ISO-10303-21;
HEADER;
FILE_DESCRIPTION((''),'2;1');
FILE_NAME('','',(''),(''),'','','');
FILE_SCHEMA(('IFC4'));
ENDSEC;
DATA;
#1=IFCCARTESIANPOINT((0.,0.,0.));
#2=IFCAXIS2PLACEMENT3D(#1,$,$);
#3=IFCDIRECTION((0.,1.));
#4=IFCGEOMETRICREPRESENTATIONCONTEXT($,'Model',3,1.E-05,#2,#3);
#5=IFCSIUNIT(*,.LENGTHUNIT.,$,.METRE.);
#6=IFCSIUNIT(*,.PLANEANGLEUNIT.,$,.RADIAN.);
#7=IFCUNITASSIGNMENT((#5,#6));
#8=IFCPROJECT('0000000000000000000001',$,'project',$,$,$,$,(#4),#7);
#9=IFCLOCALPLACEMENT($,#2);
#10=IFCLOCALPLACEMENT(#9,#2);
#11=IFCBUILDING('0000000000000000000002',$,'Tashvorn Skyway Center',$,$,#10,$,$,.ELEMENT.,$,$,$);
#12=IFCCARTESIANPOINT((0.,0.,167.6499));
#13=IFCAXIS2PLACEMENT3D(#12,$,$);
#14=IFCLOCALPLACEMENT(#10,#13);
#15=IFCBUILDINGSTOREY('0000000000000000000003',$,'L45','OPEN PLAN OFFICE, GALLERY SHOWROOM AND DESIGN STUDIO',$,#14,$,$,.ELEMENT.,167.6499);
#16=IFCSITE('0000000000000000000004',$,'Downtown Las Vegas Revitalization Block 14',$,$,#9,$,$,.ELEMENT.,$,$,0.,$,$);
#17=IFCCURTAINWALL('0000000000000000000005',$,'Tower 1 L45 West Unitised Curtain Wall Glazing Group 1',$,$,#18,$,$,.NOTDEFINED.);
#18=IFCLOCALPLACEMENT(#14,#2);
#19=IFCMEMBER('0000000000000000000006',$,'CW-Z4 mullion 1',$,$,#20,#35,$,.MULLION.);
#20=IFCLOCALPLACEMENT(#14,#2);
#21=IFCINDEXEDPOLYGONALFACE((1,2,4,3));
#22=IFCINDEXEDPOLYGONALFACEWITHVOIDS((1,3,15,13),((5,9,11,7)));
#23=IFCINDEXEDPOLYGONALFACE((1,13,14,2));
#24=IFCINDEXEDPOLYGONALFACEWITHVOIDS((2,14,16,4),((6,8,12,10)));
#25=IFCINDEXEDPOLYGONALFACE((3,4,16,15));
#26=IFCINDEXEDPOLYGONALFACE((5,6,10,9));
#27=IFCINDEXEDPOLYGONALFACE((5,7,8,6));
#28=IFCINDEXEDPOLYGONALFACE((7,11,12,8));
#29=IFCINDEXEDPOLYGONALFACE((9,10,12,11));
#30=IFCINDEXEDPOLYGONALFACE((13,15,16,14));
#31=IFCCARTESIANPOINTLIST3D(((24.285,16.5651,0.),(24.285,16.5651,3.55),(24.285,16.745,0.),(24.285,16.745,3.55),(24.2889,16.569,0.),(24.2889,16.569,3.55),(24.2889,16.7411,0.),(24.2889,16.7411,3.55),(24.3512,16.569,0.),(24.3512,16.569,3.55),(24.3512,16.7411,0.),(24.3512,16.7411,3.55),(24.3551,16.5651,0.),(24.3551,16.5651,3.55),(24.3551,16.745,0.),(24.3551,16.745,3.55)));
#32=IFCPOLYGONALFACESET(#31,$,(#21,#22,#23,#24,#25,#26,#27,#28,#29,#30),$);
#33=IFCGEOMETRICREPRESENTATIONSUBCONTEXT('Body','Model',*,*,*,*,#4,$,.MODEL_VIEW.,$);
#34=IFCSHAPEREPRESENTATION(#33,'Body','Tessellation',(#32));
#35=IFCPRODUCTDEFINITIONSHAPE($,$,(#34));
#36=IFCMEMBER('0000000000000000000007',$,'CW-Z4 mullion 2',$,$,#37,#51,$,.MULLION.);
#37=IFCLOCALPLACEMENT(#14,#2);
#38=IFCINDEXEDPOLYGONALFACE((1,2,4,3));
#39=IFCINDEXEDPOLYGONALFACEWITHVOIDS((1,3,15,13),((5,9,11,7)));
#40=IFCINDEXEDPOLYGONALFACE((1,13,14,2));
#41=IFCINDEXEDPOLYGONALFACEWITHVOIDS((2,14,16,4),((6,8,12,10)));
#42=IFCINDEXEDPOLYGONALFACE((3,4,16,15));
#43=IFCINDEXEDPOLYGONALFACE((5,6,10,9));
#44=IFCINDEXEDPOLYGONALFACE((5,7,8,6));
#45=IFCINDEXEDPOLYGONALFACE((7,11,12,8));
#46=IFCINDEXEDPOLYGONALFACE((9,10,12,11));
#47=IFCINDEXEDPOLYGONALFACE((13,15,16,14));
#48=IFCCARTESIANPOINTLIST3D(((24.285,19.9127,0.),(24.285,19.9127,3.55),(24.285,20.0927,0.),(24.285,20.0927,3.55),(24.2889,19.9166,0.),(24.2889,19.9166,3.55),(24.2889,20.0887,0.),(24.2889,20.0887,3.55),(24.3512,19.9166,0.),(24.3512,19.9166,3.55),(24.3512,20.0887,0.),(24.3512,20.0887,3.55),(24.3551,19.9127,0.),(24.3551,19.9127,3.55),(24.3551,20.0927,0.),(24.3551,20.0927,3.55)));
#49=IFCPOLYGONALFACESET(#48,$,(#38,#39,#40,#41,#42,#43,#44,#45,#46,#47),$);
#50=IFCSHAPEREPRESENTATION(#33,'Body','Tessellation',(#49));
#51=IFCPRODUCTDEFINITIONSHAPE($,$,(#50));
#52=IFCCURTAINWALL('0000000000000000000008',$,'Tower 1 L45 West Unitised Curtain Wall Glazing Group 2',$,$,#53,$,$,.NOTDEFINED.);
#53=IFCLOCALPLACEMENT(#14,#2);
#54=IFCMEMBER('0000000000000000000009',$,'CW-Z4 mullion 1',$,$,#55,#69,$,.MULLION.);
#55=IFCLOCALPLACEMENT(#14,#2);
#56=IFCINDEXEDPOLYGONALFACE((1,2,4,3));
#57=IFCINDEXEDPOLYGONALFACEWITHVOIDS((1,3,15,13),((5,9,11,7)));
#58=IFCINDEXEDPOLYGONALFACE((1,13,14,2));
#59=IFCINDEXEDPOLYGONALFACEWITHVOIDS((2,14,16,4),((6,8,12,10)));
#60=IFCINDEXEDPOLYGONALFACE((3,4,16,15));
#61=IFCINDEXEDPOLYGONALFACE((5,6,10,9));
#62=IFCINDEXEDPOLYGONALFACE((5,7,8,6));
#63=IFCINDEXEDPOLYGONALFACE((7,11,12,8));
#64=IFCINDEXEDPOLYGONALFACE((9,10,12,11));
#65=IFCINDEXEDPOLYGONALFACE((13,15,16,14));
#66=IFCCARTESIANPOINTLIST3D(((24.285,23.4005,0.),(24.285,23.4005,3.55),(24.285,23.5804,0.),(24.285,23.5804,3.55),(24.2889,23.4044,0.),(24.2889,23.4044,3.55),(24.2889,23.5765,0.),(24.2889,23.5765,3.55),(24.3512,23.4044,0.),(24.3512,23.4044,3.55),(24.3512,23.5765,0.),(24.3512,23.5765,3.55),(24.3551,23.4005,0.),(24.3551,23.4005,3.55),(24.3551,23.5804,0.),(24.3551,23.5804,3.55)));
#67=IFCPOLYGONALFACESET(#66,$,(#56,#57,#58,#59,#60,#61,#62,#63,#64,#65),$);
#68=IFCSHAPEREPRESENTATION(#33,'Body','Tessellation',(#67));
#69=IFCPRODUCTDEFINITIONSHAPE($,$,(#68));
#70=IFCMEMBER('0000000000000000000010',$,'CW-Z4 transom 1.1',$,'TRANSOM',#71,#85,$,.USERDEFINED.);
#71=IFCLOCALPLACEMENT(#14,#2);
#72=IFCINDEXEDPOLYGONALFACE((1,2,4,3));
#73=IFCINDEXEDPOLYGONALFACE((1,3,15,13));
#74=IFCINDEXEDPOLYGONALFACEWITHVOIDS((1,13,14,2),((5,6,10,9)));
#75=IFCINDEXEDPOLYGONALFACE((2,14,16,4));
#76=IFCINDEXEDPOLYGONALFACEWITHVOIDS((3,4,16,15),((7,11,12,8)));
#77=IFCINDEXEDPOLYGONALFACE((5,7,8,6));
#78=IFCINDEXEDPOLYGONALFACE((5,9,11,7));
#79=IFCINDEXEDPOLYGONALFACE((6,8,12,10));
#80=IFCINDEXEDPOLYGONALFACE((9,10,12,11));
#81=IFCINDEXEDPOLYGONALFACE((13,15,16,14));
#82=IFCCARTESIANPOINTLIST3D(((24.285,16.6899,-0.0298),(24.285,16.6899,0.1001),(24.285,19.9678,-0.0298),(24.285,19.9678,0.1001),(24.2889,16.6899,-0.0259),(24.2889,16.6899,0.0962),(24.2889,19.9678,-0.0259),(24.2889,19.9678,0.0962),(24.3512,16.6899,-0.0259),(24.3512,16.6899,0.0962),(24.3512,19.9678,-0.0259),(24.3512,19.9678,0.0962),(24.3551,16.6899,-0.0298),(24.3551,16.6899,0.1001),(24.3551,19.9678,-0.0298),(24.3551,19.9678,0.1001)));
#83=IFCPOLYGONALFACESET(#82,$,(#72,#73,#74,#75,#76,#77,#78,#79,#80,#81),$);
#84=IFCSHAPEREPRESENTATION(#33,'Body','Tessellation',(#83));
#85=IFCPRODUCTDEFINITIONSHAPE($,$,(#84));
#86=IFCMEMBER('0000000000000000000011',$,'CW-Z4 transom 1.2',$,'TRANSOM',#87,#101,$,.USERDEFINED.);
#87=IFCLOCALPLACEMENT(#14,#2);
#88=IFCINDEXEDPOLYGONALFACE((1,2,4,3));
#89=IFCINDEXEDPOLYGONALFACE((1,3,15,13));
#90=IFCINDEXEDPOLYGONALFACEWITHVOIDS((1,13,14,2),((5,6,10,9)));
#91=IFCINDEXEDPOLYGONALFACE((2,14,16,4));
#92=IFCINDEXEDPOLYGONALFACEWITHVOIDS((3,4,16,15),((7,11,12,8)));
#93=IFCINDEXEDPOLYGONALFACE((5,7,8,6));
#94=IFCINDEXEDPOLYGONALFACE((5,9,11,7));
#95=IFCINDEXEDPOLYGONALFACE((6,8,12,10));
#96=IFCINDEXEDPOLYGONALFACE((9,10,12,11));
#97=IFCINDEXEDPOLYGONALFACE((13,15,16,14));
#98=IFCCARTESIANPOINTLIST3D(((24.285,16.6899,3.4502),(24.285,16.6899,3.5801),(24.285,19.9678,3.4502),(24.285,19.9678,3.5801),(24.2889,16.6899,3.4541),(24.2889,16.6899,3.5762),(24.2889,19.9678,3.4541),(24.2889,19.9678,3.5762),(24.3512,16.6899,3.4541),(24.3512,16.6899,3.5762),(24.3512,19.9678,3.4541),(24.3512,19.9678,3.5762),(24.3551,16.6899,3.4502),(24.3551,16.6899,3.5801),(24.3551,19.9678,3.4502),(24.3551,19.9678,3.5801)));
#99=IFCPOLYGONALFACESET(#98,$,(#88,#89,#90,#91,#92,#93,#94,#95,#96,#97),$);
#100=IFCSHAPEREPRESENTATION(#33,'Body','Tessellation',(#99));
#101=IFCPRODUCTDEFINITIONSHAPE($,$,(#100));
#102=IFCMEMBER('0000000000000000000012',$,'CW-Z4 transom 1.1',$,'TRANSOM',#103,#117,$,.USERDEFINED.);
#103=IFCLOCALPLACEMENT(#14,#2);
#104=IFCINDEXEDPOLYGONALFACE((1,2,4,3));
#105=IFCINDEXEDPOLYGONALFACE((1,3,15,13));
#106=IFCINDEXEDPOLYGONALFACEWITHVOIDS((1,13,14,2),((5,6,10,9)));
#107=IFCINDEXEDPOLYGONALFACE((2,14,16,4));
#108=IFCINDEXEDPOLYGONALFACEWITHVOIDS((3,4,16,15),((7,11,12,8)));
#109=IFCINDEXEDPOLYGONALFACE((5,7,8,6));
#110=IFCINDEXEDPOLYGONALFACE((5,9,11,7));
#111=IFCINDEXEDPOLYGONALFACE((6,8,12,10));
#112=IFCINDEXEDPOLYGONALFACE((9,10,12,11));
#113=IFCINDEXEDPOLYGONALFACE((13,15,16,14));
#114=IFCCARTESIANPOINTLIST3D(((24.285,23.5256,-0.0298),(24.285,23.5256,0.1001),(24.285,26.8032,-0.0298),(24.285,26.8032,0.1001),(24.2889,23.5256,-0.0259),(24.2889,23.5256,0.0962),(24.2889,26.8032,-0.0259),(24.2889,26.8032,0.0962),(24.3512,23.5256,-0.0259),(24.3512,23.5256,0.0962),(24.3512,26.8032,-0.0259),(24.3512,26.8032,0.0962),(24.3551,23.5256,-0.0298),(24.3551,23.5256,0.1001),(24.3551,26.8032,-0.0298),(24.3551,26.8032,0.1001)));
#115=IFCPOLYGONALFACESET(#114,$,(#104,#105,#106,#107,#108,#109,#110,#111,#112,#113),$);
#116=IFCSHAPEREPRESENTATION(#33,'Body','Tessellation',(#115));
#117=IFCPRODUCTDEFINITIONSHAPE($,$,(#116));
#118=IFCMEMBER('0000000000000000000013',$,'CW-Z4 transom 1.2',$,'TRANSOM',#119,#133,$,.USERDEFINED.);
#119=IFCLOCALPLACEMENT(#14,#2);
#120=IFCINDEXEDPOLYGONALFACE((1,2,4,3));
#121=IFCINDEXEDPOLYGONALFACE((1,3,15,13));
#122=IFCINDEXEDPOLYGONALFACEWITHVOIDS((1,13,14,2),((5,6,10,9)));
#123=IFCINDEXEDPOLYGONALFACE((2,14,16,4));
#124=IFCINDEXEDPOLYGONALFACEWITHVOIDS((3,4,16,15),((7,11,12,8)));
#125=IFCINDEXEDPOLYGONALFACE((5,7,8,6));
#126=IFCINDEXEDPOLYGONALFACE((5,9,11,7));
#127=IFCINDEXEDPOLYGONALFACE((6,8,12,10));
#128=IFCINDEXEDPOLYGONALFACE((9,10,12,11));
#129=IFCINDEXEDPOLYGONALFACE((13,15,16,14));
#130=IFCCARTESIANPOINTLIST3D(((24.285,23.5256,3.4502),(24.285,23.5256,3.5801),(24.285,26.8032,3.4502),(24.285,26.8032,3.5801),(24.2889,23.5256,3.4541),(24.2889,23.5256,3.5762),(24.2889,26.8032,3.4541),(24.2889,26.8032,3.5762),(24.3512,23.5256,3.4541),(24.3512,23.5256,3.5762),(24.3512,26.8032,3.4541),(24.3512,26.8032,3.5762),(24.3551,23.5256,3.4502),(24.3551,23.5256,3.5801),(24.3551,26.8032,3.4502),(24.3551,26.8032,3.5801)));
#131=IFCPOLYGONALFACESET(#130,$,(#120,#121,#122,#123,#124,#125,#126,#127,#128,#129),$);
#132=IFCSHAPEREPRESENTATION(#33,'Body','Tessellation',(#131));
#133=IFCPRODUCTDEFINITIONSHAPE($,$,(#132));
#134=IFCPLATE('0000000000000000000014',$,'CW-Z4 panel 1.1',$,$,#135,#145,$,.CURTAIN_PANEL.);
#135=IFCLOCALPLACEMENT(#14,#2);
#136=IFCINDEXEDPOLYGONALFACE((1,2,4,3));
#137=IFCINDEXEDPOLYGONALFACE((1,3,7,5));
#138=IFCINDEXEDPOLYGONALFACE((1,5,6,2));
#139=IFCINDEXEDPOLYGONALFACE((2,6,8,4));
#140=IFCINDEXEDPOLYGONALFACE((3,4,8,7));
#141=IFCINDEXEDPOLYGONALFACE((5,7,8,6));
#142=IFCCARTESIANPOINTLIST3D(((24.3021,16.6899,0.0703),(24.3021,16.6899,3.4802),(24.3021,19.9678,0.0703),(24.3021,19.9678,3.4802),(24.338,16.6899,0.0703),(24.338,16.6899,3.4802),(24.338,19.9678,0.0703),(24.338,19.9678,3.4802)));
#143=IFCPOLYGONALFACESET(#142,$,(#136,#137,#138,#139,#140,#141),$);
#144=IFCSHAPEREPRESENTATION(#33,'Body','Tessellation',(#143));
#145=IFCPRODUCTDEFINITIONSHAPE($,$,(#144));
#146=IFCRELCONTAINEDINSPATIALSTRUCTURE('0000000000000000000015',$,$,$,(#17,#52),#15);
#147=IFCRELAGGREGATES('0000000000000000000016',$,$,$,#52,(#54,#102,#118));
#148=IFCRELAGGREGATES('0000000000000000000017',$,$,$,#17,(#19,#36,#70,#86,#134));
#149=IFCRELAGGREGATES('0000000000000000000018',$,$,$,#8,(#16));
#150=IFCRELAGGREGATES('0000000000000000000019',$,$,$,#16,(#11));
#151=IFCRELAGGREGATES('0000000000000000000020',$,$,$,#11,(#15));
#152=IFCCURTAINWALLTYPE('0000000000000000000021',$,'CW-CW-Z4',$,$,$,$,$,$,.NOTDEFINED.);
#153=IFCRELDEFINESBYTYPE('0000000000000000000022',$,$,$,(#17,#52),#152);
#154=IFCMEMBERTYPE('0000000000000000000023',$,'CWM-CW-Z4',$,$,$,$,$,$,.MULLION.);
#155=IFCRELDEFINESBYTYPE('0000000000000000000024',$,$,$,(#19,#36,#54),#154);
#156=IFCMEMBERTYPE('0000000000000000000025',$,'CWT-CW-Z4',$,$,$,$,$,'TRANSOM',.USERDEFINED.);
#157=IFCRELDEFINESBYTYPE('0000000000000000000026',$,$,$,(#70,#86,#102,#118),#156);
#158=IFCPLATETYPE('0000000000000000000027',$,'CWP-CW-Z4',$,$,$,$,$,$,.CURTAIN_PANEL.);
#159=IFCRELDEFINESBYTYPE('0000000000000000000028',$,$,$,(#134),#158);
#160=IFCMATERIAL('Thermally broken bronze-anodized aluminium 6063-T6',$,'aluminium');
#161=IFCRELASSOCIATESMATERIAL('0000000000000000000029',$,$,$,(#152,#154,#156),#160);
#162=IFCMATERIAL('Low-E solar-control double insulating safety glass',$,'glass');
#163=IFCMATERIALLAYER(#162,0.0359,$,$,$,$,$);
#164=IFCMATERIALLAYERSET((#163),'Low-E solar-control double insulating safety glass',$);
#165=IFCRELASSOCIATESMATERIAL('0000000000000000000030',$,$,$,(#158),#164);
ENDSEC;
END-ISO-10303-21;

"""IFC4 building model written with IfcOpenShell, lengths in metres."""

from ifc_helpers import new_model, si_unit, direction, frame, origin, origin_2d, place, context, subcontext, project, spatial, rectangle, hollow_rectangle, extrude, material, layer, layer_set, material_profile, profile_set, type_object, element, aggregate, save


model = new_model("IFC4")

# Units and contexts
model_context = context("Model", 3, precision=1e-05, world=origin(), true_north=direction((0.0, 1.0)))
body_context = subcontext(model_context, "Body", "Model", "MODEL_VIEW")
ifc_project = project(units=[si_unit("LENGTHUNIT", "METRE"), si_unit("PLANEANGLEUNIT", "RADIAN")], contexts=[model_context])

# Site, building, storey
site_placement = place(None, origin())
site = spatial("IfcSite", under=ifc_project, at=site_placement, Name="Downtown Las Vegas Revitalization Block 14", CompositionType="ELEMENT", RefElevation=0.0)
building_placement = place(site_placement, origin())
building = spatial("IfcBuilding", under=site, at=building_placement, Name="Tashvorn Skyway Center", CompositionType="ELEMENT")
storey_placement = place(building_placement, frame((0.0, 0.0, 167.6499)))
storey = spatial("IfcBuildingStorey", under=building, at=storey_placement, Name="L45", Description="OPEN PLAN OFFICE, GALLERY SHOWROOM AND DESIGN STUDIO", CompositionType="ELEMENT", Elevation=167.6499)

# Curtain wall, members
ifc_material_1 = material(Name="Thermally broken bronze-anodized aluminium 6063-T6", Category="aluminium")
curtain_wall_type = type_object("IfcCurtainWallType", Name="CW-CW-Z4", PredefinedType="NOTDEFINED", material=ifc_material_1)
curtain_wall_1_placement = place(storey_placement, origin())
curtain_wall_1 = element("IfcCurtainWall", 1, at=curtain_wall_1_placement, inside=storey, type_object=curtain_wall_type, Name="Tower 1 L45 West Unitised Curtain Wall Glazing Group 1", PredefinedType="NOTDEFINED")
ifc_material_profile_1 = material_profile(ifc_material_1, hollow_rectangle(XDim=0.0701, YDim=0.1799, WallThickness=0.0039, at=origin_2d()), Name="ALU-MULL-70x180")
ifc_profile_set_1 = profile_set([ifc_material_profile_1], Name="Thermally broken bronze-anodized aluminium 6063-T6")
member_type_1 = type_object("IfcMemberType", Name="CWM-CW-Z4", PredefinedType="MULLION", material=ifc_profile_set_1)
member_1_placement = place(storey_placement, frame((24.3201, 16.655, 0.0), z_axis=(0.0, 0.0, 1.0), x_axis=(-1.0, 0.0, 0.0)))
member_1 = element("IfcMember", 2, at=member_1_placement, type_object=member_type_1, Name="CW-Z4 mullion 1", PredefinedType="MULLION", context=body_context, shape_type="SweptSolid", body=[
    extrude(hollow_rectangle(XDim=0.0701, YDim=0.1799, WallThickness=0.0039, at=origin_2d()), origin(), (0.0, 0.0, 1.0), 3.55),
])
member_2_placement = place(storey_placement, frame((24.3201, 20.0027, 0.0), z_axis=(0.0, 0.0, 1.0), x_axis=(-1.0, 0.0, 0.0)))
member_2 = element("IfcMember", 3, at=member_2_placement, type_object=member_type_1, Name="CW-Z4 mullion 2", PredefinedType="MULLION", context=body_context, shape_type="SweptSolid", body=[
    extrude(hollow_rectangle(XDim=0.0701, YDim=0.1799, WallThickness=0.0039, at=origin_2d()), origin(), (0.0, 0.0, 1.0), 3.55),
])

# Curtain wall, member
curtain_wall_2_placement = place(storey_placement, origin())
curtain_wall_2 = element("IfcCurtainWall", 4, at=curtain_wall_2_placement, inside=storey, type_object=curtain_wall_type, Name="Tower 1 L45 West Unitised Curtain Wall Glazing Group 2", PredefinedType="NOTDEFINED")
member_3_placement = place(storey_placement, frame((24.3201, 23.4905, 0.0), z_axis=(0.0, 0.0, 1.0), x_axis=(-1.0, 0.0, 0.0)))
member_3 = element("IfcMember", 5, at=member_3_placement, type_object=member_type_1, Name="CW-Z4 mullion 1", PredefinedType="MULLION", context=body_context, shape_type="SweptSolid", body=[
    extrude(hollow_rectangle(XDim=0.0701, YDim=0.1799, WallThickness=0.0039, at=origin_2d()), origin(), (0.0, 0.0, 1.0), 3.55),
])

# Members
ifc_material_profile_2 = material_profile(ifc_material_1, hollow_rectangle(XDim=0.0701, YDim=0.1299, WallThickness=0.0039, at=origin_2d()), Name="ALU-TRAN-70x130")
ifc_profile_set_2 = profile_set([ifc_material_profile_2], Name="Thermally broken bronze-anodized aluminium 6063-T6")
member_type_2 = type_object("IfcMemberType", Name="CWT-CW-Z4", ElementType="TRANSOM", PredefinedType="USERDEFINED", material=ifc_profile_set_2)
member_4_placement = place(storey_placement, frame((24.3201, 16.6899, 0.0352), z_axis=(0.0, 1.0, 0.0), x_axis=(-1.0, 0.0, 0.0)))
member_4 = element("IfcMember", 6, at=member_4_placement, type_object=member_type_2, Name="CW-Z4 transom 1.1", ObjectType="TRANSOM", PredefinedType="USERDEFINED", context=body_context, shape_type="SweptSolid", body=[
    extrude(hollow_rectangle(XDim=0.0701, YDim=0.1299, WallThickness=0.0039, at=origin_2d()), origin(), (0.0, 0.0, 1.0), 3.2778),
])
member_5_placement = place(storey_placement, frame((24.3201, 16.6899, 3.5151), z_axis=(0.0, 1.0, 0.0), x_axis=(-1.0, 0.0, 0.0)))
member_5 = element("IfcMember", 7, at=member_5_placement, type_object=member_type_2, Name="CW-Z4 transom 1.2", ObjectType="TRANSOM", PredefinedType="USERDEFINED", context=body_context, shape_type="SweptSolid", body=[
    extrude(hollow_rectangle(XDim=0.0701, YDim=0.1299, WallThickness=0.0039, at=origin_2d()), origin(), (0.0, 0.0, 1.0), 3.2778),
])
member_6_placement = place(storey_placement, frame((24.3201, 23.5256, 0.0352), z_axis=(0.0, 1.0, 0.0), x_axis=(-1.0, 0.0, 0.0)))
member_6 = element("IfcMember", 8, at=member_6_placement, type_object=member_type_2, Name="CW-Z4 transom 1.1", ObjectType="TRANSOM", PredefinedType="USERDEFINED", context=body_context, shape_type="SweptSolid", body=[
    extrude(hollow_rectangle(XDim=0.0701, YDim=0.1299, WallThickness=0.0039, at=origin_2d()), origin(), (0.0, 0.0, 1.0), 3.2776),
])
member_7_placement = place(storey_placement, frame((24.3201, 23.5256, 3.5151), z_axis=(0.0, 1.0, 0.0), x_axis=(-1.0, 0.0, 0.0)))
member_7 = element("IfcMember", 9, at=member_7_placement, type_object=member_type_2, Name="CW-Z4 transom 1.2", ObjectType="TRANSOM", PredefinedType="USERDEFINED", context=body_context, shape_type="SweptSolid", body=[
    extrude(hollow_rectangle(XDim=0.0701, YDim=0.1299, WallThickness=0.0039, at=origin_2d()), origin(), (0.0, 0.0, 1.0), 3.2776),
])
aggregate(curtain_wall_2, [member_3, member_6, member_7])

# Plate
ifc_material_2 = material(Name="Low-E solar-control double insulating safety glass", Category="glass")
ifc_layer_1 = layer(ifc_material_2, 0.0359)
ifc_layer_set_1 = layer_set([ifc_layer_1], Name="Low-E solar-control double insulating safety glass")
plate_type = type_object("IfcPlateType", Name="CWP-CW-Z4", PredefinedType="CURTAIN_PANEL", material=ifc_layer_set_1)
plate_placement = place(storey_placement, frame((24.3201, 18.3289, 0.0703), z_axis=(0.0, 0.0, 1.0), x_axis=(0.0, 1.0, 0.0)))
plate = element("IfcPlate", 10, at=plate_placement, type_object=plate_type, Name="CW-Z4 panel 1.1", PredefinedType="CURTAIN_PANEL", context=body_context, shape_type="SweptSolid", body=[
    extrude(rectangle(XDim=3.2778, YDim=0.0359, at=origin_2d()), origin(), (0.0, 0.0, 1.0), 3.4099),
])
aggregate(curtain_wall_1, [member_1, member_2, member_4, member_5, plate])

save(model, "model.ifc")
